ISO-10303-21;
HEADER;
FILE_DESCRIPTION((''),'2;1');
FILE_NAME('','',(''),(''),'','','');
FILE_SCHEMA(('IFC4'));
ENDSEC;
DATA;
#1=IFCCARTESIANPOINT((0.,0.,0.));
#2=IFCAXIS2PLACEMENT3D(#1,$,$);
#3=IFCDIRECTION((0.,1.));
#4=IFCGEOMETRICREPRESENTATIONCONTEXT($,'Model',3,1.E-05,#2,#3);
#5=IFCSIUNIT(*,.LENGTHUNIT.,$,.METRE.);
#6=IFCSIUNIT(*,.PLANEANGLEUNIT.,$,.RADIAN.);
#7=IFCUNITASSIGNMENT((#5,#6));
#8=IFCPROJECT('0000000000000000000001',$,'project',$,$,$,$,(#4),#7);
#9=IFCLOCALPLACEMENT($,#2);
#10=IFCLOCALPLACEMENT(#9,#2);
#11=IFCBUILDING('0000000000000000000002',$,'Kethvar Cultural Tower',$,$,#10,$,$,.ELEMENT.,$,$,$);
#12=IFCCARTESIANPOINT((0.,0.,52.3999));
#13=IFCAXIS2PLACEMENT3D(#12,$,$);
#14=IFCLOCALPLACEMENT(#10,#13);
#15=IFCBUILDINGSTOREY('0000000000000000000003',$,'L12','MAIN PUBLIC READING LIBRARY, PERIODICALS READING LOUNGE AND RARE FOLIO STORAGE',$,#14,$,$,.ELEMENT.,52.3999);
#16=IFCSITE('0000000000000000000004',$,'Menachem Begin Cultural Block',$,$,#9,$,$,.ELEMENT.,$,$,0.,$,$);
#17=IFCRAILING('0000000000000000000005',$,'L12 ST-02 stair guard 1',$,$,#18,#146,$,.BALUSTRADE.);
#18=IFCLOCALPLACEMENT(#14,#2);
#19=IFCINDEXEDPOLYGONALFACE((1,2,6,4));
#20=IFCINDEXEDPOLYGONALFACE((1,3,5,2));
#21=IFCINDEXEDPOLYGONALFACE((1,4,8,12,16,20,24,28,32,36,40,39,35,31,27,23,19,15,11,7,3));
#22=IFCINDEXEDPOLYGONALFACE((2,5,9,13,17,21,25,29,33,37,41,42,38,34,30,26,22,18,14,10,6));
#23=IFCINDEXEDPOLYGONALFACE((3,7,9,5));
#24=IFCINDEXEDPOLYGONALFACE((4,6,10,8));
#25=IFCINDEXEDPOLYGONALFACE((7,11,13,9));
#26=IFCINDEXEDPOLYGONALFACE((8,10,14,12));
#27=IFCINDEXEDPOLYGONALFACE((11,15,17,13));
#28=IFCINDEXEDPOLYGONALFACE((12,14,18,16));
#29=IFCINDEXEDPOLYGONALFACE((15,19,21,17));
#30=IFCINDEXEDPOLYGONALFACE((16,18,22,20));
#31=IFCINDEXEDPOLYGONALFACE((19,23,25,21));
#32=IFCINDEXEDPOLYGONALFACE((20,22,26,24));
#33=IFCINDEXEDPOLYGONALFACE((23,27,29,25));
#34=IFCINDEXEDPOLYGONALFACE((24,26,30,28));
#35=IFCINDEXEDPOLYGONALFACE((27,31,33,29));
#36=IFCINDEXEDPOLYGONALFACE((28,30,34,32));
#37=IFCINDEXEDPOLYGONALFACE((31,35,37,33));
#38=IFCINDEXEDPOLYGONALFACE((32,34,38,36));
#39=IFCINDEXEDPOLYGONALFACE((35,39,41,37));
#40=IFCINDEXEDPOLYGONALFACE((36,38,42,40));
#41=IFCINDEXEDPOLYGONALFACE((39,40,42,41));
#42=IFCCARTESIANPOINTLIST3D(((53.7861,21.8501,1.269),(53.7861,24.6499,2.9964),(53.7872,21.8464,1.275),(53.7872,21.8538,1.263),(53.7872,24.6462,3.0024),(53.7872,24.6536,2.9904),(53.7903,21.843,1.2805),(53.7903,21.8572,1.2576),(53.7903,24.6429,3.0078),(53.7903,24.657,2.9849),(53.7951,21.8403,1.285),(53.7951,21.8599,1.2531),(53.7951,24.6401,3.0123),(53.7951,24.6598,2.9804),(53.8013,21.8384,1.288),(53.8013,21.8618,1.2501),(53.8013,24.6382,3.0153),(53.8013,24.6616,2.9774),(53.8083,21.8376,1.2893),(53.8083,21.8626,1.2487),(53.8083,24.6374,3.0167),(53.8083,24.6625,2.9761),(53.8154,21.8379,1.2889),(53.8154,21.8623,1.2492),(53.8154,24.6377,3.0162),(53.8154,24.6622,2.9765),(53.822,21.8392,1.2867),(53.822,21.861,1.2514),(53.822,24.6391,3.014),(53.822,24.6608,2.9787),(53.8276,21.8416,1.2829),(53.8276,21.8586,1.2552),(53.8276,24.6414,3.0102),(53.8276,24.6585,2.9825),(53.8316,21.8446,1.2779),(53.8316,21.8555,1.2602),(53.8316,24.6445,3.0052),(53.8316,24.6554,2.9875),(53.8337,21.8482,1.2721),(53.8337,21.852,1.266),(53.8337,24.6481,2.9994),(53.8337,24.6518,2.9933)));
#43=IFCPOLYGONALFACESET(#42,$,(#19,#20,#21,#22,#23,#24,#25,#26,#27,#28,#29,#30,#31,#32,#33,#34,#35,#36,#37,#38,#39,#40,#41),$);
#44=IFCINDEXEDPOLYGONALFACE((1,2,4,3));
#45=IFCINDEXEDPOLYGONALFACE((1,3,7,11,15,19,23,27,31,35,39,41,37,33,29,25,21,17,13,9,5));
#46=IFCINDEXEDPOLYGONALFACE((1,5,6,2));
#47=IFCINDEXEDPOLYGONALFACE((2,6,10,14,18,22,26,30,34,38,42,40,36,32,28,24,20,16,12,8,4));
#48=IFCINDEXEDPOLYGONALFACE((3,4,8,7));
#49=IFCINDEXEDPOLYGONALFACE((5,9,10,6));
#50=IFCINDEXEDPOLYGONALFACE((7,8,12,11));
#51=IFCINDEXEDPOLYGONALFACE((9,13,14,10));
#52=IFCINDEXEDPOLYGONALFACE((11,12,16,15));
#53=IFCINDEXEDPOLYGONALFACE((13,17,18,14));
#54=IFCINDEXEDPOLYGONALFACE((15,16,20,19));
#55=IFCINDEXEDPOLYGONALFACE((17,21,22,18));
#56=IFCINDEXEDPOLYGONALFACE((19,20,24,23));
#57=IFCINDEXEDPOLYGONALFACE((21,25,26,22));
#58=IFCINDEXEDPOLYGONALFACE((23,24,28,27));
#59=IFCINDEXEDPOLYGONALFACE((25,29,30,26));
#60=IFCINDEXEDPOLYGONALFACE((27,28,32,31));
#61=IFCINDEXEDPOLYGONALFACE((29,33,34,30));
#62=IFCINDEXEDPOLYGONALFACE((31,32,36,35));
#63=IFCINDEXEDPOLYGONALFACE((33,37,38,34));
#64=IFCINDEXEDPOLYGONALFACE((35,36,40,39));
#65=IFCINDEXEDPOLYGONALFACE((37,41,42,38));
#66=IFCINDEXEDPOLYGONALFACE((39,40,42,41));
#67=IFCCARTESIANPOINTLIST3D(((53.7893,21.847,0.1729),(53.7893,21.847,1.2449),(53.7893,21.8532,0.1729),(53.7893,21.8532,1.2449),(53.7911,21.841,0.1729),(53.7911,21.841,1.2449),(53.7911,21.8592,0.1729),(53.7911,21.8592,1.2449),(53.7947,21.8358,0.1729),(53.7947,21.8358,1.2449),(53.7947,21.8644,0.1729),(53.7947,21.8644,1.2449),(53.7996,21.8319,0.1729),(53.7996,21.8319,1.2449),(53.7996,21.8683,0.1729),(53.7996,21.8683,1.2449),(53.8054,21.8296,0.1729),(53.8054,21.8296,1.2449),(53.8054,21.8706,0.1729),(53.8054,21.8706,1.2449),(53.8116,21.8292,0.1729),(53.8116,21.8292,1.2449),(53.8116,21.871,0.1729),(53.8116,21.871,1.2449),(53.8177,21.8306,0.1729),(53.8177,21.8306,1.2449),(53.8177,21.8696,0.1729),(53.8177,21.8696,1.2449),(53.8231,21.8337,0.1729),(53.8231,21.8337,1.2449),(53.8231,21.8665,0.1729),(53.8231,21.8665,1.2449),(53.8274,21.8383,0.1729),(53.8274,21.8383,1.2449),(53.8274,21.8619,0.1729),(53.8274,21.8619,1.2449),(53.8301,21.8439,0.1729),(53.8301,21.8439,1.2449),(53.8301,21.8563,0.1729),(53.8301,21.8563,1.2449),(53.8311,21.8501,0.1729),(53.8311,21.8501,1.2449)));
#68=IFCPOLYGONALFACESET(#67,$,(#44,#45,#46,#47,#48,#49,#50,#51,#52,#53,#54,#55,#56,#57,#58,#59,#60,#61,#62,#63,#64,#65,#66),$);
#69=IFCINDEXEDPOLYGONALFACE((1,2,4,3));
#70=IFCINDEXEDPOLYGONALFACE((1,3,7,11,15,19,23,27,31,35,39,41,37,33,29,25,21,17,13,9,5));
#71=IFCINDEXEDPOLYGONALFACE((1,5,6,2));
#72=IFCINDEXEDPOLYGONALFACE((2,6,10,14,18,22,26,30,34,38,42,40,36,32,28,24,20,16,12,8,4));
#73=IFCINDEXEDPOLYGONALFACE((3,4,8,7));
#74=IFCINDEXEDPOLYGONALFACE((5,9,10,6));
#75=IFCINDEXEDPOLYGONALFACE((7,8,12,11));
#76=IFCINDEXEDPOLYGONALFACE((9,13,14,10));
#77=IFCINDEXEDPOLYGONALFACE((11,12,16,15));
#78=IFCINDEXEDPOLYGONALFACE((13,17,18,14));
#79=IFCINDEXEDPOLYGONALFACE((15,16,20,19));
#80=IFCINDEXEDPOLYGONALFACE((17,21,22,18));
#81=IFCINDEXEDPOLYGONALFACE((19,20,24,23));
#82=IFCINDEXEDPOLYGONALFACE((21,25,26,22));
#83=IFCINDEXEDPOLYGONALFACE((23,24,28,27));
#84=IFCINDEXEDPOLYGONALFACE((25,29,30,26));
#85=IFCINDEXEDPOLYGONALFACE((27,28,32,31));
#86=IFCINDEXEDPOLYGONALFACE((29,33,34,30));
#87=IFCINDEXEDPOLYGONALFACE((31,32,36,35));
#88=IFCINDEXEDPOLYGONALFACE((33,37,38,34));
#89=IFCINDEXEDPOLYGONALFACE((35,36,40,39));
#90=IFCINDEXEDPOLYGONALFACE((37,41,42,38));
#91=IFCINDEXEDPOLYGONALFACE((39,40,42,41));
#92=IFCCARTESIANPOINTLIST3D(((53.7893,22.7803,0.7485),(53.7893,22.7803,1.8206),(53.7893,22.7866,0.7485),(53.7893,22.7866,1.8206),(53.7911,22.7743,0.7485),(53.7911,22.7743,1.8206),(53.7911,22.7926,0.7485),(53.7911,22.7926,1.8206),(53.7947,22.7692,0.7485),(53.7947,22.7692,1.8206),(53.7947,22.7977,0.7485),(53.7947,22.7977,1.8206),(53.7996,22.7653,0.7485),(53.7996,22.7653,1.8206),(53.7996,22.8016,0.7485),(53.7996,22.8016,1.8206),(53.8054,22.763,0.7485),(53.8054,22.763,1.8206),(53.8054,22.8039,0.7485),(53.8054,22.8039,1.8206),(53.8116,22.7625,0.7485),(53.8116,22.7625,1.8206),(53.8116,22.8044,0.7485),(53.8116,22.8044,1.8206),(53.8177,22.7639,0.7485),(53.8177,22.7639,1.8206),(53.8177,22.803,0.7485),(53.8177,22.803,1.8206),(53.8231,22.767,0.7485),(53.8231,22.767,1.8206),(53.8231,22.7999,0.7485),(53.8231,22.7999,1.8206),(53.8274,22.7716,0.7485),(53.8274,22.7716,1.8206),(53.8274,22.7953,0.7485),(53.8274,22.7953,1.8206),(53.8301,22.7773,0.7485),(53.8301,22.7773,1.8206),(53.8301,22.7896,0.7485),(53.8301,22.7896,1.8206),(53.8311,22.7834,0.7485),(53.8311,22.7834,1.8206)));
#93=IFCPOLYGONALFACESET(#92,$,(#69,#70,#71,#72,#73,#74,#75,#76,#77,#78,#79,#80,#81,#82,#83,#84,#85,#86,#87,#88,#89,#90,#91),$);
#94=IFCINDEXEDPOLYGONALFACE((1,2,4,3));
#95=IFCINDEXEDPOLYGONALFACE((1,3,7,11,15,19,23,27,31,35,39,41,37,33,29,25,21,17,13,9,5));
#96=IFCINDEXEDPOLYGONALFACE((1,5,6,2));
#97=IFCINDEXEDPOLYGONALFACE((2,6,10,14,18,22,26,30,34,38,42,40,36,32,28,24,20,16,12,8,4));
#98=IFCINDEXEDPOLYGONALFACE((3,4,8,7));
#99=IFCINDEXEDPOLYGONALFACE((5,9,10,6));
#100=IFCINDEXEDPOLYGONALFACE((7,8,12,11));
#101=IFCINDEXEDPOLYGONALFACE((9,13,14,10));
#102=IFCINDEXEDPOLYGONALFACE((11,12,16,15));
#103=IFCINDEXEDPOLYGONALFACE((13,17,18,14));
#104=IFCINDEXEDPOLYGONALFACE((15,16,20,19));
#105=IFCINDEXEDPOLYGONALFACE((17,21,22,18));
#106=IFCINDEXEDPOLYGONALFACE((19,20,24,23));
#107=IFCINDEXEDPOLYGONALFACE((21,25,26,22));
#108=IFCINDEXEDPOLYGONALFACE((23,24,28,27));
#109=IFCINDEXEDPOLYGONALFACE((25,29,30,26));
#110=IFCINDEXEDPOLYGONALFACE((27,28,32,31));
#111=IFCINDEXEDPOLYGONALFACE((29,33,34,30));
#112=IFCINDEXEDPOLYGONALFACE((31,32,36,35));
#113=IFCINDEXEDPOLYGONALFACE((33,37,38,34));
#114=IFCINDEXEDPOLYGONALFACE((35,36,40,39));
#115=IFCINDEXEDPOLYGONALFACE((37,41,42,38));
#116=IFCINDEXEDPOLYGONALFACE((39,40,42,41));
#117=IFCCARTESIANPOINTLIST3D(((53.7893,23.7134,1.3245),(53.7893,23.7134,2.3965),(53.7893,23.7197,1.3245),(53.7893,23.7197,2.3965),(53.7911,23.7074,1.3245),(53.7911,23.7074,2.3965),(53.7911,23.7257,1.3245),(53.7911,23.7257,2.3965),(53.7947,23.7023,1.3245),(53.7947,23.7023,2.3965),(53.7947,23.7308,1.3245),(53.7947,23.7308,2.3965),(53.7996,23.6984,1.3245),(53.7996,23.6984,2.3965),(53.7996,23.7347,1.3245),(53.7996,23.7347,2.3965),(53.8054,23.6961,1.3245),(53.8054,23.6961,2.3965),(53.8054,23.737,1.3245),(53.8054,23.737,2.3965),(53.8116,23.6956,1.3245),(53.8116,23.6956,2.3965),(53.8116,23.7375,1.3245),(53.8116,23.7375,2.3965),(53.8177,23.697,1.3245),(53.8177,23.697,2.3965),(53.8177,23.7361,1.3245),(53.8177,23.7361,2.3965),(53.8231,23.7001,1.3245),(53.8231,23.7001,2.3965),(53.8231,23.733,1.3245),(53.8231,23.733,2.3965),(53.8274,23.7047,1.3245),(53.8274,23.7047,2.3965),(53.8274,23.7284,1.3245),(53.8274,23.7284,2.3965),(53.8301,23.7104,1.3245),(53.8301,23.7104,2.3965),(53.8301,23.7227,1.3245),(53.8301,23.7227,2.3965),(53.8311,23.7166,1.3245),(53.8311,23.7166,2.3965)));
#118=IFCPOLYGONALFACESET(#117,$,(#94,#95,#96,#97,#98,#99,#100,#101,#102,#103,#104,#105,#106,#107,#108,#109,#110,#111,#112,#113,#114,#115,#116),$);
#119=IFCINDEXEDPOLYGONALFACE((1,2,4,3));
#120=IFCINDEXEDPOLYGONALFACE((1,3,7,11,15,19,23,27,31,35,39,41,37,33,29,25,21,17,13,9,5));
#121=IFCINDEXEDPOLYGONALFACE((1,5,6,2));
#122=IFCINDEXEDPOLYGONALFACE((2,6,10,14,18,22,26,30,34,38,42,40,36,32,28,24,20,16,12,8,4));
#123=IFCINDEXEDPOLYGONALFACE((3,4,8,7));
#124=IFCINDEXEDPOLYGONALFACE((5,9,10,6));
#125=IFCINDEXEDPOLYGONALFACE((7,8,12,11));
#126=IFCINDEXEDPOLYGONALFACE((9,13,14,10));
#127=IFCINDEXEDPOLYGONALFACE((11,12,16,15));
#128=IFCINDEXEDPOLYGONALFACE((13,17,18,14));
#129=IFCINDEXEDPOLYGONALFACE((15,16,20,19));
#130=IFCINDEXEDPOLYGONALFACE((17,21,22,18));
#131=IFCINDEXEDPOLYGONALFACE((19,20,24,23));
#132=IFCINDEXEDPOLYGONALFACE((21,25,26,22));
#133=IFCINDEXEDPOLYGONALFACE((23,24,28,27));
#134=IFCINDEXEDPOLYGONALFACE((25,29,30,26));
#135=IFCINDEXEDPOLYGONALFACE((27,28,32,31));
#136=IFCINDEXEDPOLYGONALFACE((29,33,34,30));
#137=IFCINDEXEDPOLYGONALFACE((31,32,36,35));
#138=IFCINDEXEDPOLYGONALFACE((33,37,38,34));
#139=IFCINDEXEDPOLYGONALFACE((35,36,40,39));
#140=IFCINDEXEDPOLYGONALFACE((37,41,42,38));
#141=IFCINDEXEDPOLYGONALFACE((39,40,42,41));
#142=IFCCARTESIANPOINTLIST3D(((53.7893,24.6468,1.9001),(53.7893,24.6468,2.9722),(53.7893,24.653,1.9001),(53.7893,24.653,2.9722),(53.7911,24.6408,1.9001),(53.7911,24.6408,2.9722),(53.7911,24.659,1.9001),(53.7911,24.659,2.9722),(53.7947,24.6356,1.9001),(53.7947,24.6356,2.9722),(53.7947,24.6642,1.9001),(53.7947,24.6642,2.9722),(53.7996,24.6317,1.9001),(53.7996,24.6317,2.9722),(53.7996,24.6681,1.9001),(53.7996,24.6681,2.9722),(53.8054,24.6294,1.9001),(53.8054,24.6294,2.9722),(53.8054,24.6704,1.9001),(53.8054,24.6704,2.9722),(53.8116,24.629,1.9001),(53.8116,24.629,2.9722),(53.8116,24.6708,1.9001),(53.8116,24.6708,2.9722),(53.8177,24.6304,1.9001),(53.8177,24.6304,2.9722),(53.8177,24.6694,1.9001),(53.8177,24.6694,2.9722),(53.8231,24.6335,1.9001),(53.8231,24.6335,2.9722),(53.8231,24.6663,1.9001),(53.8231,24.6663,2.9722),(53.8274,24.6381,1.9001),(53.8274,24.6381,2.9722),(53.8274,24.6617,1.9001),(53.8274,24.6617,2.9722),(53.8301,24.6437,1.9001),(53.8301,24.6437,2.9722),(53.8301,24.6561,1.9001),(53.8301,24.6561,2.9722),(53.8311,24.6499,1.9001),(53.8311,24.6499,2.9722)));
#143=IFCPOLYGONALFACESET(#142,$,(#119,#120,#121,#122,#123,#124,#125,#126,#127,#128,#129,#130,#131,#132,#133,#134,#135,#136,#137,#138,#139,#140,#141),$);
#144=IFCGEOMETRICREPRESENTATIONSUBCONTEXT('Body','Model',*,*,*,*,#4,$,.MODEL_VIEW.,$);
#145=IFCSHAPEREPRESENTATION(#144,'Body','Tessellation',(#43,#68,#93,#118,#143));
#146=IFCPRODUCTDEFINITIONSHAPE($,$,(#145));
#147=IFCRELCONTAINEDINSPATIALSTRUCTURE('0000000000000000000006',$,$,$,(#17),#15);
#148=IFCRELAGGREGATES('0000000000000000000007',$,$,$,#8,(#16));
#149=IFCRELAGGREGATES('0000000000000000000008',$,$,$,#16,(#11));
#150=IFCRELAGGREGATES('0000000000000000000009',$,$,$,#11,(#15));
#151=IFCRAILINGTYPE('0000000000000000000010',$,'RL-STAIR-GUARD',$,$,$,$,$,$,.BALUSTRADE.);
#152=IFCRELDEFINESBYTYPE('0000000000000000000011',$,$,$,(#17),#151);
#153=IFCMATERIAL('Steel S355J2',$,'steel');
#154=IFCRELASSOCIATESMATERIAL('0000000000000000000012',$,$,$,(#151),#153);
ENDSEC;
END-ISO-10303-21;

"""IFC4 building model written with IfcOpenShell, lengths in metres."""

from ifc_helpers import new_model, si_unit, direction, frame, origin, origin_2d, place, context, subcontext, project, spatial, circle, extrude, material, type_object, element, save


model = new_model("IFC4")

# Units and contexts
model_context = context("Model", 3, precision=1e-05, world=origin(), true_north=direction((0.0, 1.0)))
body_context = subcontext(model_context, "Body", "Model", "MODEL_VIEW")
ifc_project = project(units=[si_unit("LENGTHUNIT", "METRE"), si_unit("PLANEANGLEUNIT", "RADIAN")], contexts=[model_context])

# Site, building, storey
site_placement = place(None, origin())
site = spatial("IfcSite", under=ifc_project, at=site_placement, Name="Menachem Begin Cultural Block", CompositionType="ELEMENT", RefElevation=0.0)
building_placement = place(site_placement, origin())
building = spatial("IfcBuilding", under=site, at=building_placement, Name="Kethvar Cultural Tower", CompositionType="ELEMENT")
storey_placement = place(building_placement, frame((0.0, 0.0, 52.3999)))
storey = spatial("IfcBuildingStorey", under=building, at=storey_placement, Name="L12", Description="MAIN PUBLIC READING LIBRARY, PERIODICALS READING LOUNGE AND RARE FOLIO STORAGE", CompositionType="ELEMENT", Elevation=52.3999)

# Shared definitions
ifc_material_1 = material(Name="Steel S355J2", Category="steel")

# Railing
railing_type_1 = type_object("IfcRailingType", Name="RL-STAIR-GUARD", PredefinedType="BALUSTRADE", material=ifc_material_1)
railing_1_placement = place(storey_placement, frame((53.8101, 21.8501, 0.1729)))
element("IfcRailing", 1, at=railing_1_placement, inside=storey, type_object=railing_type_1, Name="L12 ST-02 stair guard 1", PredefinedType="BALUSTRADE", context=body_context, shape_type="SweptSolid", body=[
    extrude(circle(Radius=0.0239, at=origin_2d()), frame((0.0, 0.0, 1.0962), z_axis=(0.0, 0.851069, 0.525054), x_axis=(-1.0, 0.0, 0.0)), (0.0, 0.0, 1.0), 3.2898),
    extrude(circle(Radius=0.021, at=origin_2d()), origin(), (0.0, 0.0, 1.0), 1.072),
    extrude(circle(Radius=0.021, at=origin_2d()), frame((0.0, 0.9333, 0.5757)), (0.0, 0.0, 1.0), 1.072),
    extrude(circle(Radius=0.021, at=origin_2d()), frame((0.0, 1.8665, 1.1516)), (0.0, 0.0, 1.0), 1.072),
    extrude(circle(Radius=0.021, at=origin_2d()), frame((0.0, 2.7998, 1.7273)), (0.0, 0.0, 1.0), 1.072),
])

save(model, "model.ifc")
